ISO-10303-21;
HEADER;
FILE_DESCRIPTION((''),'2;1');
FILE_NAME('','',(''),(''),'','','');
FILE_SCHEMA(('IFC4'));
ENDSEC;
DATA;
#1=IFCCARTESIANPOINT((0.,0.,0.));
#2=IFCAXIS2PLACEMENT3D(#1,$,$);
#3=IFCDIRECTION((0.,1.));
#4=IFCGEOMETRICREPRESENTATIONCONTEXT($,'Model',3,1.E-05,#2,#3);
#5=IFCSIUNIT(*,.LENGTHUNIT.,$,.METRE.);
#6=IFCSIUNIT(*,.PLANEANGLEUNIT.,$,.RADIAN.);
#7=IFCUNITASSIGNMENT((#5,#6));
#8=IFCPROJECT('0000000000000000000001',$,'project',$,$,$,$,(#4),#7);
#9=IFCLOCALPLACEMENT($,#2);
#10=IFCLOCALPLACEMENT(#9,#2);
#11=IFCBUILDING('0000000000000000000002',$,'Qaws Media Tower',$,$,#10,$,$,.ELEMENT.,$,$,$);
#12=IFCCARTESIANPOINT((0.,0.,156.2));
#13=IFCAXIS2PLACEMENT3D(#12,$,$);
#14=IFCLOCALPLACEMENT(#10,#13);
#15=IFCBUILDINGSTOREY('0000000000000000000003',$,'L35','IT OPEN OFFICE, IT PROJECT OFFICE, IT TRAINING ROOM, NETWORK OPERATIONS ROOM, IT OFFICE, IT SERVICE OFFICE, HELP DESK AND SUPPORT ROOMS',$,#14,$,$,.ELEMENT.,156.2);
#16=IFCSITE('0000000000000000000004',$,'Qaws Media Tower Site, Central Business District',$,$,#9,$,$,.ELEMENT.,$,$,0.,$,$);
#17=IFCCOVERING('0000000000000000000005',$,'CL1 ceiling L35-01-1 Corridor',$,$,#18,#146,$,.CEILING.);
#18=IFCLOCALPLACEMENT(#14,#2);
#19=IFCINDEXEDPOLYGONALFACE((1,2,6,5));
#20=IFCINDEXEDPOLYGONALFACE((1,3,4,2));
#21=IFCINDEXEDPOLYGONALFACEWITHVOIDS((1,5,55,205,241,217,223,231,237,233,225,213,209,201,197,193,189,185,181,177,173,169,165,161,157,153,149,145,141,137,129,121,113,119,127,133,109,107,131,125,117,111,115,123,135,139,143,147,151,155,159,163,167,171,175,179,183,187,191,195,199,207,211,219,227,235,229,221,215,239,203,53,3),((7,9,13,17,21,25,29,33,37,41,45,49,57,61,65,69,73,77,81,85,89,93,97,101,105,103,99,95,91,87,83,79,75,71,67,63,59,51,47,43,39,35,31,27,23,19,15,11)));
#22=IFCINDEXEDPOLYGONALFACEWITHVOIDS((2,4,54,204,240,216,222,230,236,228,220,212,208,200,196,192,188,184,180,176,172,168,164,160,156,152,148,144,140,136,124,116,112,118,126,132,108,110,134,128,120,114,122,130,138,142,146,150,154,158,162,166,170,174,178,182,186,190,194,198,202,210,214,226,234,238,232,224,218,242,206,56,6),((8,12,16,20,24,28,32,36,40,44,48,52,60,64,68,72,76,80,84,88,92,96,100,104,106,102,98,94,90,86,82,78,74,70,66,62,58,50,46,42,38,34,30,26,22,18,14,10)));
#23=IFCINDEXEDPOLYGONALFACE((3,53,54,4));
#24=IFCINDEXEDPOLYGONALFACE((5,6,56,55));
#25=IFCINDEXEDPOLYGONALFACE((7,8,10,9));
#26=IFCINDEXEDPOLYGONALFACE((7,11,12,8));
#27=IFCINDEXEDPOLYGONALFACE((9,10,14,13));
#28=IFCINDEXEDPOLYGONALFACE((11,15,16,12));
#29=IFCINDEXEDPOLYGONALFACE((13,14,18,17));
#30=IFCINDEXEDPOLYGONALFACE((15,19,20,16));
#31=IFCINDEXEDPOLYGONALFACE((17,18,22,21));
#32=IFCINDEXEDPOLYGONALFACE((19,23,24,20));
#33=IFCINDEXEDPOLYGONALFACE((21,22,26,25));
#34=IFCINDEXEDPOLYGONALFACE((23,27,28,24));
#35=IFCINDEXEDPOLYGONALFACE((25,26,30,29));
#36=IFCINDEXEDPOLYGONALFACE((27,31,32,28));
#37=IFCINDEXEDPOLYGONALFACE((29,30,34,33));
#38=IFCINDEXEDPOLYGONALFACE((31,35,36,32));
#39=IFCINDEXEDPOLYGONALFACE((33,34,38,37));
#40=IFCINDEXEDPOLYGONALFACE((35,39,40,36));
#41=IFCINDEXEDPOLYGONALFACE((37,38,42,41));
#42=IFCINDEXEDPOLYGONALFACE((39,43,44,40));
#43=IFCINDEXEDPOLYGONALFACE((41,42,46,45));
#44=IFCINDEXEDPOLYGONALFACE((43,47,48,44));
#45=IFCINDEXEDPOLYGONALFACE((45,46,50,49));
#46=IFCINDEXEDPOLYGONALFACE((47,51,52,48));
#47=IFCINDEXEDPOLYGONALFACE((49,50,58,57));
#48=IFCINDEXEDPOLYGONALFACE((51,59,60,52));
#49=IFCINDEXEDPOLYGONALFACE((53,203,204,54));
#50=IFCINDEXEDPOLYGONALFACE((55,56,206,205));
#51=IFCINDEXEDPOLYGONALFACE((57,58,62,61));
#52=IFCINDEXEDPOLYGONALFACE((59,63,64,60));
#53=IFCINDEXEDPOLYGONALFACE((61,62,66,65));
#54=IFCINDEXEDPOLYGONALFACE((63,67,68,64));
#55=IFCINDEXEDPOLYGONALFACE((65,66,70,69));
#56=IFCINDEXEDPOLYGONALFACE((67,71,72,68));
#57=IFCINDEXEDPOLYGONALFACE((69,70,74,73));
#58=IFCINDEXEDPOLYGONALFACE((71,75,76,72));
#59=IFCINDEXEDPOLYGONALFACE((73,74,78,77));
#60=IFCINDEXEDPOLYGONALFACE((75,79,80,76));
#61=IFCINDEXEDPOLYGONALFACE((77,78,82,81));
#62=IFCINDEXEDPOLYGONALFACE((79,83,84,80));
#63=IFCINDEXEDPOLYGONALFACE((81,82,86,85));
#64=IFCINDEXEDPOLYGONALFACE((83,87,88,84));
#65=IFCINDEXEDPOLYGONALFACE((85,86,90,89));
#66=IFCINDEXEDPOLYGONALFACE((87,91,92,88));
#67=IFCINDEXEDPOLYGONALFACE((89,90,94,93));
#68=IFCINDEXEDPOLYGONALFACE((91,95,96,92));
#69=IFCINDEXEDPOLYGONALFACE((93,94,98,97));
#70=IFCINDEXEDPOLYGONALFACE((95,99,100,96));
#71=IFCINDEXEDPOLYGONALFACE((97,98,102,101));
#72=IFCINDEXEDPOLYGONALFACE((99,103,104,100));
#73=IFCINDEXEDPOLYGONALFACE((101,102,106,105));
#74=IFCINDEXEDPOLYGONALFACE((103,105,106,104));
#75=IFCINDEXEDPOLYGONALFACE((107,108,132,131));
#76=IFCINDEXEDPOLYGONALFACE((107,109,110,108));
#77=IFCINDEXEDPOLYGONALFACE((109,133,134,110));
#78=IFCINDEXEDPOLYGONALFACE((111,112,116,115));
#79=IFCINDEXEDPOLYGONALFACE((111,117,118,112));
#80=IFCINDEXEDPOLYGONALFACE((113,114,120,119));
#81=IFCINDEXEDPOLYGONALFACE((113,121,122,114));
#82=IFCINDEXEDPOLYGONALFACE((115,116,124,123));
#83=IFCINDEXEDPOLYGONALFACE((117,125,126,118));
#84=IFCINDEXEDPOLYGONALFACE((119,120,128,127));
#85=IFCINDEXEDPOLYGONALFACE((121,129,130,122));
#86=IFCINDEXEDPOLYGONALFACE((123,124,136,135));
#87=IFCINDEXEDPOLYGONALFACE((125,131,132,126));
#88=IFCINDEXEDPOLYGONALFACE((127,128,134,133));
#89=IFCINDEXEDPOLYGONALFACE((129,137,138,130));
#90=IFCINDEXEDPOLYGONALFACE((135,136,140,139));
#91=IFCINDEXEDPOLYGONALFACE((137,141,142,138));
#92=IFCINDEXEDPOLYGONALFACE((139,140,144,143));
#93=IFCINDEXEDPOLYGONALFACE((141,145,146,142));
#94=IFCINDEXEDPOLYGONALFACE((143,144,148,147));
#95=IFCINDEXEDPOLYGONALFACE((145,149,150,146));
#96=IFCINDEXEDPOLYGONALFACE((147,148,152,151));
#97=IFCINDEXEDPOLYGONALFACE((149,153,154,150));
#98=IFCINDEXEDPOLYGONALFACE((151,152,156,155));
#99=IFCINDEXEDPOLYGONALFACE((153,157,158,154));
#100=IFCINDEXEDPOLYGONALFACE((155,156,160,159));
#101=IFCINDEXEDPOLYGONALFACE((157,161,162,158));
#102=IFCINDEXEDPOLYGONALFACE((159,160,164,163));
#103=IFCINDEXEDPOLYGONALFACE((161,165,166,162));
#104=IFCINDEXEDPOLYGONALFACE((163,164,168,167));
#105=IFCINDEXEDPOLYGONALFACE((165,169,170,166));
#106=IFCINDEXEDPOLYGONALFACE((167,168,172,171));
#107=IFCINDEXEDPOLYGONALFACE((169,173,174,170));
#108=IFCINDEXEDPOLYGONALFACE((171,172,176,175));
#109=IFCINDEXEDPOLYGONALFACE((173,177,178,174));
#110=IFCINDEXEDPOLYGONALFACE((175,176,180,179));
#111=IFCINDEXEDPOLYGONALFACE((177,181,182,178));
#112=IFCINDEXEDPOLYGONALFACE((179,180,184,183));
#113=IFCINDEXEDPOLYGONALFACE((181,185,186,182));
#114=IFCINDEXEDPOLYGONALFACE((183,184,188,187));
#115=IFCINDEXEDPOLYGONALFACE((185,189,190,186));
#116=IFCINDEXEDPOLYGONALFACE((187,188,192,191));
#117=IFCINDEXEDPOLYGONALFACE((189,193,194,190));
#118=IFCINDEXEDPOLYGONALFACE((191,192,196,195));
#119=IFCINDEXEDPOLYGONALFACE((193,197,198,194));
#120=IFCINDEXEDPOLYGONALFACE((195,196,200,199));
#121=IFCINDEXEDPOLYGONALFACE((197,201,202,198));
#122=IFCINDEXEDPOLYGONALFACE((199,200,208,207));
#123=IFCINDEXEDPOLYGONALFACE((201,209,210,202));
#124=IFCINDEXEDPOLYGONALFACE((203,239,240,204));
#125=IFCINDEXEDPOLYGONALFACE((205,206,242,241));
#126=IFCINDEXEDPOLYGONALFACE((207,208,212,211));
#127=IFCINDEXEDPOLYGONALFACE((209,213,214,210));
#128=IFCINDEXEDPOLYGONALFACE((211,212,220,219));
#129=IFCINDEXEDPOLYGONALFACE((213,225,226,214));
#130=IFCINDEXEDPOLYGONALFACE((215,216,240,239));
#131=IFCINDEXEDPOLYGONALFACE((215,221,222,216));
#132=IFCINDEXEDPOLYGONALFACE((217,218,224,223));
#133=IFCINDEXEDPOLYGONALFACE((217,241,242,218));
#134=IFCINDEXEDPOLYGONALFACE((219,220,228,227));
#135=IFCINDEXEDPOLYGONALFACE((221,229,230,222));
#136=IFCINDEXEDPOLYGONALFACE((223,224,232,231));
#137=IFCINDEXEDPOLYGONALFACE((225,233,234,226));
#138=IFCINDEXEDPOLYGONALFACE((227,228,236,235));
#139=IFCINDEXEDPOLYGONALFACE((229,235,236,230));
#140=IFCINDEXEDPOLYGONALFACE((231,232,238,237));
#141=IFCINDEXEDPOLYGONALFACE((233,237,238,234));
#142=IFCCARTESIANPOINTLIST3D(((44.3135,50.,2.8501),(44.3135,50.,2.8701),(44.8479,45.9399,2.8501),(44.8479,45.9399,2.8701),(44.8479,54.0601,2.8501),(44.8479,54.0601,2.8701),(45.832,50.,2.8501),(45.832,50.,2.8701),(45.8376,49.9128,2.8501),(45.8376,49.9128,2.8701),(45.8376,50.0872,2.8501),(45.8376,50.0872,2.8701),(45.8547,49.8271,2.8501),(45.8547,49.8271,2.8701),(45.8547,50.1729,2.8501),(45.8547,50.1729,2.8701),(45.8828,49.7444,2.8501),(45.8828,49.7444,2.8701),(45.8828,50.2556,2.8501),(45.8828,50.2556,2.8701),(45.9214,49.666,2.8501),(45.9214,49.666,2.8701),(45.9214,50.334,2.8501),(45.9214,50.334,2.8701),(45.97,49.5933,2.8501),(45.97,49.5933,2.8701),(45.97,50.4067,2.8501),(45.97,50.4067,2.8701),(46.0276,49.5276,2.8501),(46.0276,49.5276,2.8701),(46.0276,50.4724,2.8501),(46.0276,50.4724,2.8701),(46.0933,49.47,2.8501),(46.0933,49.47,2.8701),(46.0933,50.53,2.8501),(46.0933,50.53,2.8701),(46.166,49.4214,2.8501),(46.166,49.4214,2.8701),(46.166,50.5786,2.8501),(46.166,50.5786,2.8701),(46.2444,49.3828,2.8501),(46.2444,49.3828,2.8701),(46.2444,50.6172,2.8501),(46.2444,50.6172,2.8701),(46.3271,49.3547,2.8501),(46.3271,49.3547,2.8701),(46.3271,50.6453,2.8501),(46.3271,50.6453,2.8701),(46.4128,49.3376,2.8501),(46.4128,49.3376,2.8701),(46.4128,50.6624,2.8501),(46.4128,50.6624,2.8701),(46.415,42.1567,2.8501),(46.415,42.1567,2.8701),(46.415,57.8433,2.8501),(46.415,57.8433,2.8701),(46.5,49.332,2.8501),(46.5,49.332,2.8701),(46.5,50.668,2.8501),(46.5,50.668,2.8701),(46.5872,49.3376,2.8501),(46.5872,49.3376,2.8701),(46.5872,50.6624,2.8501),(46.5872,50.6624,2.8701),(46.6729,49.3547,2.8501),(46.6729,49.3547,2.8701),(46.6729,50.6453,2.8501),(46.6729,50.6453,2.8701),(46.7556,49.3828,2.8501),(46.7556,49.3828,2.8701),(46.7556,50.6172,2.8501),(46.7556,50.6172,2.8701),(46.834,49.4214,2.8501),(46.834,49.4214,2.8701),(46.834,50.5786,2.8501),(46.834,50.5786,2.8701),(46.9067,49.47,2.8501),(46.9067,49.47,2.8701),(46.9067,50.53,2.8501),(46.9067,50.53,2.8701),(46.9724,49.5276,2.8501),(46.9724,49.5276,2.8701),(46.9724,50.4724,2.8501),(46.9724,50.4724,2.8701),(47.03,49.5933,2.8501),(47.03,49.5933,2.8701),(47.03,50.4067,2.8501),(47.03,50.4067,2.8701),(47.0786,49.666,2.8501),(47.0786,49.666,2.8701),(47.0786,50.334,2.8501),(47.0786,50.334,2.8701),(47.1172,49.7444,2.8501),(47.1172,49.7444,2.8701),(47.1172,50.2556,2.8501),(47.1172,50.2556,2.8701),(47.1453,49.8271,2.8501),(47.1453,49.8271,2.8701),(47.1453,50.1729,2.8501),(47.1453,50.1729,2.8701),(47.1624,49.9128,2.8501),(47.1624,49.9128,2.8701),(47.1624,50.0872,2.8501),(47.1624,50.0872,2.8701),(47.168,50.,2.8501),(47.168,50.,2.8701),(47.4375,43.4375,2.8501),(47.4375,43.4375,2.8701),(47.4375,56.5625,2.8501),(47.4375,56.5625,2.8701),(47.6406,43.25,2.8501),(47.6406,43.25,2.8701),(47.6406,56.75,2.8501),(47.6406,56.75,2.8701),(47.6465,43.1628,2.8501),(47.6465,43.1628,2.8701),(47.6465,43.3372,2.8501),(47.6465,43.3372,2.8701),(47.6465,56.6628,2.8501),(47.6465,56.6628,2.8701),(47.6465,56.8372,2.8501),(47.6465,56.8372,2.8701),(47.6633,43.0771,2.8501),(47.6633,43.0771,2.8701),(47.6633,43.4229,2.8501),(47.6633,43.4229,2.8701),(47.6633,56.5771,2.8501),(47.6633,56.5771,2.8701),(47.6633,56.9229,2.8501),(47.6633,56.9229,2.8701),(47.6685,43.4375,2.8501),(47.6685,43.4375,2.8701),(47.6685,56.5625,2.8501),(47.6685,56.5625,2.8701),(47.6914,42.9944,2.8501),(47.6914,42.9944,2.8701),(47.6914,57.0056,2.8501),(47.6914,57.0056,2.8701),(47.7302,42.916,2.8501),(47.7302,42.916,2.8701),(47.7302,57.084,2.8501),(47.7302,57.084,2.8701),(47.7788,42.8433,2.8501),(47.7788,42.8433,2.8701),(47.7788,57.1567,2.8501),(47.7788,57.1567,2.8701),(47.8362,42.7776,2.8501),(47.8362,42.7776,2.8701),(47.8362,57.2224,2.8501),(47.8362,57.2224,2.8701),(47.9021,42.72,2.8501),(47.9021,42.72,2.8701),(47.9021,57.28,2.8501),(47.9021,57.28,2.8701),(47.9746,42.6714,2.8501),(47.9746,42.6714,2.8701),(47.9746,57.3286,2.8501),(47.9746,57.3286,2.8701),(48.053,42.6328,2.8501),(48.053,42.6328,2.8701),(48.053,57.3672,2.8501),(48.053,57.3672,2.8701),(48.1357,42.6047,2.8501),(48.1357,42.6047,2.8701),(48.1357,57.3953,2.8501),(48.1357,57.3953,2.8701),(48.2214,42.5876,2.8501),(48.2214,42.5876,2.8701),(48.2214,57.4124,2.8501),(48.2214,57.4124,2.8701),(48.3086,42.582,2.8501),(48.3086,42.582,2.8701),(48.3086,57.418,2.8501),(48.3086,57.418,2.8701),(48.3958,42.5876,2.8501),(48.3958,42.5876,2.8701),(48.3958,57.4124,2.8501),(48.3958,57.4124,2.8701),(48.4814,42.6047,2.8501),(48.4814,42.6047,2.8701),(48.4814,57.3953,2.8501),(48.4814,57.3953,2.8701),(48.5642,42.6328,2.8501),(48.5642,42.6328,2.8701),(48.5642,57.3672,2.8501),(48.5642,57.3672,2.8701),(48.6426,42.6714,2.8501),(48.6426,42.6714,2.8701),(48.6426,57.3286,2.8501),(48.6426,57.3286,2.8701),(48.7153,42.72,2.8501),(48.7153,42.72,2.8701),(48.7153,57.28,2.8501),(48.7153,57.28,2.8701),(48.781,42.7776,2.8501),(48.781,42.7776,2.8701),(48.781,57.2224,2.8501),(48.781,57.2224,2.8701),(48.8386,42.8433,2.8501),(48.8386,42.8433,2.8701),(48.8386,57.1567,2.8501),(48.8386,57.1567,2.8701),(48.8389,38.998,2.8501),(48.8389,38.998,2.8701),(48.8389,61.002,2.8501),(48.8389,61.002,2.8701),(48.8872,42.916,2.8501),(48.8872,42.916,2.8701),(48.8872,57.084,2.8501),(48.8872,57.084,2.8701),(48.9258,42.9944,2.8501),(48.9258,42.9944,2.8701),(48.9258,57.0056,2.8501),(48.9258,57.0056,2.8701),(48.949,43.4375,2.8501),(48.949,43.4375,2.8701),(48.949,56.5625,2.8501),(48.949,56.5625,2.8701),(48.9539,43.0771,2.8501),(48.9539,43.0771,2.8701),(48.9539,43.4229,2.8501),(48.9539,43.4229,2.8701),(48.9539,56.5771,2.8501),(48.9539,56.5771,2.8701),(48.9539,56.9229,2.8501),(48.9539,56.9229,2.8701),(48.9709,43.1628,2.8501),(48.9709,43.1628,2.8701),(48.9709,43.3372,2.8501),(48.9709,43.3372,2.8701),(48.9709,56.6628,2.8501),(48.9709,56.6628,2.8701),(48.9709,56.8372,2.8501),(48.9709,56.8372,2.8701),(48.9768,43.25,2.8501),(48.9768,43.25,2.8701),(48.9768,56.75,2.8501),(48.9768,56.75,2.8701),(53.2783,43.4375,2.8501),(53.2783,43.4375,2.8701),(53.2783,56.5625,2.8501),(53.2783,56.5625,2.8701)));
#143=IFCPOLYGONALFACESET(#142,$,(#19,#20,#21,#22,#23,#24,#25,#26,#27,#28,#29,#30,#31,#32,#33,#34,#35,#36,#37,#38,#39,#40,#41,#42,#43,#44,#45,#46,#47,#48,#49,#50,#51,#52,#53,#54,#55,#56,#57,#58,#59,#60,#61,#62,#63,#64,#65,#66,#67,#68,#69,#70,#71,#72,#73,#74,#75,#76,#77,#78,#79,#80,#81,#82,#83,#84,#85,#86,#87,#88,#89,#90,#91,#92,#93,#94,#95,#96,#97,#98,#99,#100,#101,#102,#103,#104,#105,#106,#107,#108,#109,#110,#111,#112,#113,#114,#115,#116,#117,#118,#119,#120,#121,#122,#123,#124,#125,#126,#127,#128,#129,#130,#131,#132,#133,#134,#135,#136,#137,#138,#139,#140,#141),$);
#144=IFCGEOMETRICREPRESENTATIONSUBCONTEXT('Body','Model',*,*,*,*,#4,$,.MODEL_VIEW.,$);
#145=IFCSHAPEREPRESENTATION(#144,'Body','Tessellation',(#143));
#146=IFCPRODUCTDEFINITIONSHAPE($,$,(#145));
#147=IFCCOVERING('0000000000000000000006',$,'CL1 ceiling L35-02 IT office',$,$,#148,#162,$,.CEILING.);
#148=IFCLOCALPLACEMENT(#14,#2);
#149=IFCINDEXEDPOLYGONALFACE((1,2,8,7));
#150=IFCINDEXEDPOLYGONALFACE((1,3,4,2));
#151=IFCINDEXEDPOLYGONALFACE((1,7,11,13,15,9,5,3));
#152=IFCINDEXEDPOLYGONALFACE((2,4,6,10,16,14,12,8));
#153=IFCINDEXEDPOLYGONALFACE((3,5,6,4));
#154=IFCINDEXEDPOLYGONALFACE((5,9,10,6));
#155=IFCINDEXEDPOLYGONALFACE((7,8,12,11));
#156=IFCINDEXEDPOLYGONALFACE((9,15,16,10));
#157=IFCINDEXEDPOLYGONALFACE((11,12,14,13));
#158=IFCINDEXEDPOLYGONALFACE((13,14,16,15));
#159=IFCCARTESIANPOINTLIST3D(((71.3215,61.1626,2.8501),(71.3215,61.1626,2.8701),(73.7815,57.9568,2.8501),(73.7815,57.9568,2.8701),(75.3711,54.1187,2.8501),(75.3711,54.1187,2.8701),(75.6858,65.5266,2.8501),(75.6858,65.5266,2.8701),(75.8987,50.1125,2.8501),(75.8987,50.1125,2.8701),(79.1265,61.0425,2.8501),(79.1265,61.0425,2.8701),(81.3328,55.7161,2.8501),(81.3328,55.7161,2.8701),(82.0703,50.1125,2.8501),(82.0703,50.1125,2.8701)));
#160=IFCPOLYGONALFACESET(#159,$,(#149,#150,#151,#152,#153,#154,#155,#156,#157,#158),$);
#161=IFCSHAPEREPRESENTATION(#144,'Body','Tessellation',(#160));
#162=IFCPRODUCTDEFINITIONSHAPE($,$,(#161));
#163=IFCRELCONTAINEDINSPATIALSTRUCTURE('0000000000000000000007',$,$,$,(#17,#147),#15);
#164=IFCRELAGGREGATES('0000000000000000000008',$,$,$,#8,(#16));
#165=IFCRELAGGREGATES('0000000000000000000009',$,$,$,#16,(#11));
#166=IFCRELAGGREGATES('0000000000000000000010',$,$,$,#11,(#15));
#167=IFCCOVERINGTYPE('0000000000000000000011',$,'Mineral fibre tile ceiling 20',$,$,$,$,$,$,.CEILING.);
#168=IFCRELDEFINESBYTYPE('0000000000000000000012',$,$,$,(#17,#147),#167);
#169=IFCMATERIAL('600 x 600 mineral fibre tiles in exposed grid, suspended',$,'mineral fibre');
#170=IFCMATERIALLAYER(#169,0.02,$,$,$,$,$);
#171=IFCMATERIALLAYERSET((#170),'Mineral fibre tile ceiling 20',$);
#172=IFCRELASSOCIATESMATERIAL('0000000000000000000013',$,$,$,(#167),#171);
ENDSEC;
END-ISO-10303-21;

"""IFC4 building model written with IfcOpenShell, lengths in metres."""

from ifc_helpers import new_model, si_unit, direction, frame, origin, place, context, subcontext, project, spatial, polyline, outline, extrude, material, layer, layer_set, type_object, element, save


model = new_model("IFC4")

# Units and contexts
model_context = context("Model", 3, precision=1e-05, world=origin(), true_north=direction((0.0, 1.0)))
body_context = subcontext(model_context, "Body", "Model", "MODEL_VIEW")
ifc_project = project(units=[si_unit("LENGTHUNIT", "METRE"), si_unit("PLANEANGLEUNIT", "RADIAN")], contexts=[model_context])

# Site, building, storey
site_placement = place(None, origin())
site = spatial("IfcSite", under=ifc_project, at=site_placement, Name="Qaws Media Tower Site, Central Business District", CompositionType="ELEMENT", RefElevation=0.0)
building_placement = place(site_placement, origin())
building = spatial("IfcBuilding", under=site, at=building_placement, Name="Qaws Media Tower", CompositionType="ELEMENT")
storey_placement = place(building_placement, frame((0.0, 0.0, 156.2)))
storey = spatial("IfcBuildingStorey", under=building, at=storey_placement, Name="L35", Description="IT OPEN OFFICE, IT PROJECT OFFICE, IT TRAINING ROOM, NETWORK OPERATIONS ROOM, IT OFFICE, IT SERVICE OFFICE, HELP DESK AND SUPPORT ROOMS", CompositionType="ELEMENT", Elevation=156.2)

# Coverings
ifc_material_1 = material(Name="600 x 600 mineral fibre tiles in exposed grid, suspended", Category="mineral fibre")
ifc_layer_1 = layer(ifc_material_1, 0.02)
ifc_layer_set_1 = layer_set([ifc_layer_1], Name="Mineral fibre tile ceiling 20")
covering_type_1 = type_object("IfcCoveringType", Name="Mineral fibre tile ceiling 20", PredefinedType="CEILING", material=ifc_layer_set_1)
covering_1_placement = place(storey_placement, frame((0.0, 0.0, 2.8501)))
element("IfcCovering", 1, at=covering_1_placement, inside=storey, type_object=covering_type_1, Name="CL1 ceiling L35-01-1 Corridor", PredefinedType="CEILING", context=body_context, shape_type="SweptSolid", body=[
    extrude(outline(polyline([(44.3135, 50.0), (44.8479, 54.0601), (46.415, 57.8433), (48.8389, 61.002), (53.2783, 56.5625), (48.949, 56.5625), (48.9539, 56.5771), (48.9709, 56.6628), (48.9768, 56.75), (48.9709, 56.8372), (48.9539, 56.9229), (48.9258, 57.0056), (48.8872, 57.084), (48.8386, 57.1567), (48.781, 57.2224), (48.7153, 57.28), (48.6426, 57.3286), (48.5642, 57.3672), (48.4814, 57.3953), (48.3958, 57.4124), (48.3086, 57.418), (48.2214, 57.4124), (48.1357, 57.3953), (48.053, 57.3672), (47.9746, 57.3286), (47.9021, 57.28), (47.8362, 57.2224), (47.7788, 57.1567), (47.7302, 57.084), (47.6914, 57.0056), (47.6633, 56.9229), (47.6465, 56.8372), (47.6406, 56.75), (47.6465, 56.6628), (47.6633, 56.5771), (47.6685, 56.5625), (47.4375, 56.5625), (47.4375, 43.4375), (47.6685, 43.4375), (47.6633, 43.4229), (47.6465, 43.3372), (47.6406, 43.25), (47.6465, 43.1628), (47.6633, 43.0771), (47.6914, 42.9944), (47.7302, 42.916), (47.7788, 42.8433), (47.8362, 42.7776), (47.9021, 42.72), (47.9746, 42.6714), (48.053, 42.6328), (48.1357, 42.6047), (48.2214, 42.5876), (48.3086, 42.582), (48.3958, 42.5876), (48.4814, 42.6047), (48.5642, 42.6328), (48.6426, 42.6714), (48.7153, 42.72), (48.781, 42.7776), (48.8386, 42.8433), (48.8872, 42.916), (48.9258, 42.9944), (48.9539, 43.0771), (48.9709, 43.1628), (48.9768, 43.25), (48.9709, 43.3372), (48.9539, 43.4229), (48.949, 43.4375), (53.2783, 43.4375), (48.8389, 38.998), (46.415, 42.1567), (44.8479, 45.9399), (44.3135, 50.0)]), holes=[polyline([(47.1172, 49.7444), (47.1453, 49.8271), (47.1624, 49.9128), (47.168, 50.0), (47.1624, 50.0872), (47.1453, 50.1729), (47.1172, 50.2556), (47.0786, 50.334), (47.03, 50.4067), (46.9724, 50.4724), (46.9067, 50.53), (46.834, 50.5786), (46.7556, 50.6172), (46.6729, 50.6453), (46.5872, 50.6624), (46.5, 50.668), (46.4128, 50.6624), (46.3271, 50.6453), (46.2444, 50.6172), (46.166, 50.5786), (46.0933, 50.53), (46.0276, 50.4724), (45.97, 50.4067), (45.9214, 50.334), (45.8828, 50.2556), (45.8547, 50.1729), (45.8376, 50.0872), (45.832, 50.0), (45.8376, 49.9128), (45.8547, 49.8271), (45.8828, 49.7444), (45.9214, 49.666), (45.97, 49.5933), (46.0276, 49.5276), (46.0933, 49.47), (46.166, 49.4214), (46.2444, 49.3828), (46.3271, 49.3547), (46.4128, 49.3376), (46.5, 49.332), (46.5872, 49.3376), (46.6729, 49.3547), (46.7556, 49.3828), (46.834, 49.4214), (46.9067, 49.47), (46.9724, 49.5276), (47.03, 49.5933), (47.0786, 49.666), (47.1172, 49.7444)])]), origin(), (0.0, 0.0, 1.0), 0.02),
])
covering_2_placement = place(storey_placement, frame((0.0, 0.0, 2.8501)))
element("IfcCovering", 2, at=covering_2_placement, inside=storey, type_object=covering_type_1, Name="CL1 ceiling L35-02 IT office", PredefinedType="CEILING", context=body_context, shape_type="SweptSolid", body=[
    extrude(outline(polyline([(79.1265, 61.0425), (81.3328, 55.7161), (82.0703, 50.1125), (75.8987, 50.1125), (75.3711, 54.1187), (73.7815, 57.9568), (71.3215, 61.1626), (75.6858, 65.5266), (79.1265, 61.0425)])), origin(), (0.0, 0.0, 1.0), 0.02),
])

save(model, "model.ifc")
